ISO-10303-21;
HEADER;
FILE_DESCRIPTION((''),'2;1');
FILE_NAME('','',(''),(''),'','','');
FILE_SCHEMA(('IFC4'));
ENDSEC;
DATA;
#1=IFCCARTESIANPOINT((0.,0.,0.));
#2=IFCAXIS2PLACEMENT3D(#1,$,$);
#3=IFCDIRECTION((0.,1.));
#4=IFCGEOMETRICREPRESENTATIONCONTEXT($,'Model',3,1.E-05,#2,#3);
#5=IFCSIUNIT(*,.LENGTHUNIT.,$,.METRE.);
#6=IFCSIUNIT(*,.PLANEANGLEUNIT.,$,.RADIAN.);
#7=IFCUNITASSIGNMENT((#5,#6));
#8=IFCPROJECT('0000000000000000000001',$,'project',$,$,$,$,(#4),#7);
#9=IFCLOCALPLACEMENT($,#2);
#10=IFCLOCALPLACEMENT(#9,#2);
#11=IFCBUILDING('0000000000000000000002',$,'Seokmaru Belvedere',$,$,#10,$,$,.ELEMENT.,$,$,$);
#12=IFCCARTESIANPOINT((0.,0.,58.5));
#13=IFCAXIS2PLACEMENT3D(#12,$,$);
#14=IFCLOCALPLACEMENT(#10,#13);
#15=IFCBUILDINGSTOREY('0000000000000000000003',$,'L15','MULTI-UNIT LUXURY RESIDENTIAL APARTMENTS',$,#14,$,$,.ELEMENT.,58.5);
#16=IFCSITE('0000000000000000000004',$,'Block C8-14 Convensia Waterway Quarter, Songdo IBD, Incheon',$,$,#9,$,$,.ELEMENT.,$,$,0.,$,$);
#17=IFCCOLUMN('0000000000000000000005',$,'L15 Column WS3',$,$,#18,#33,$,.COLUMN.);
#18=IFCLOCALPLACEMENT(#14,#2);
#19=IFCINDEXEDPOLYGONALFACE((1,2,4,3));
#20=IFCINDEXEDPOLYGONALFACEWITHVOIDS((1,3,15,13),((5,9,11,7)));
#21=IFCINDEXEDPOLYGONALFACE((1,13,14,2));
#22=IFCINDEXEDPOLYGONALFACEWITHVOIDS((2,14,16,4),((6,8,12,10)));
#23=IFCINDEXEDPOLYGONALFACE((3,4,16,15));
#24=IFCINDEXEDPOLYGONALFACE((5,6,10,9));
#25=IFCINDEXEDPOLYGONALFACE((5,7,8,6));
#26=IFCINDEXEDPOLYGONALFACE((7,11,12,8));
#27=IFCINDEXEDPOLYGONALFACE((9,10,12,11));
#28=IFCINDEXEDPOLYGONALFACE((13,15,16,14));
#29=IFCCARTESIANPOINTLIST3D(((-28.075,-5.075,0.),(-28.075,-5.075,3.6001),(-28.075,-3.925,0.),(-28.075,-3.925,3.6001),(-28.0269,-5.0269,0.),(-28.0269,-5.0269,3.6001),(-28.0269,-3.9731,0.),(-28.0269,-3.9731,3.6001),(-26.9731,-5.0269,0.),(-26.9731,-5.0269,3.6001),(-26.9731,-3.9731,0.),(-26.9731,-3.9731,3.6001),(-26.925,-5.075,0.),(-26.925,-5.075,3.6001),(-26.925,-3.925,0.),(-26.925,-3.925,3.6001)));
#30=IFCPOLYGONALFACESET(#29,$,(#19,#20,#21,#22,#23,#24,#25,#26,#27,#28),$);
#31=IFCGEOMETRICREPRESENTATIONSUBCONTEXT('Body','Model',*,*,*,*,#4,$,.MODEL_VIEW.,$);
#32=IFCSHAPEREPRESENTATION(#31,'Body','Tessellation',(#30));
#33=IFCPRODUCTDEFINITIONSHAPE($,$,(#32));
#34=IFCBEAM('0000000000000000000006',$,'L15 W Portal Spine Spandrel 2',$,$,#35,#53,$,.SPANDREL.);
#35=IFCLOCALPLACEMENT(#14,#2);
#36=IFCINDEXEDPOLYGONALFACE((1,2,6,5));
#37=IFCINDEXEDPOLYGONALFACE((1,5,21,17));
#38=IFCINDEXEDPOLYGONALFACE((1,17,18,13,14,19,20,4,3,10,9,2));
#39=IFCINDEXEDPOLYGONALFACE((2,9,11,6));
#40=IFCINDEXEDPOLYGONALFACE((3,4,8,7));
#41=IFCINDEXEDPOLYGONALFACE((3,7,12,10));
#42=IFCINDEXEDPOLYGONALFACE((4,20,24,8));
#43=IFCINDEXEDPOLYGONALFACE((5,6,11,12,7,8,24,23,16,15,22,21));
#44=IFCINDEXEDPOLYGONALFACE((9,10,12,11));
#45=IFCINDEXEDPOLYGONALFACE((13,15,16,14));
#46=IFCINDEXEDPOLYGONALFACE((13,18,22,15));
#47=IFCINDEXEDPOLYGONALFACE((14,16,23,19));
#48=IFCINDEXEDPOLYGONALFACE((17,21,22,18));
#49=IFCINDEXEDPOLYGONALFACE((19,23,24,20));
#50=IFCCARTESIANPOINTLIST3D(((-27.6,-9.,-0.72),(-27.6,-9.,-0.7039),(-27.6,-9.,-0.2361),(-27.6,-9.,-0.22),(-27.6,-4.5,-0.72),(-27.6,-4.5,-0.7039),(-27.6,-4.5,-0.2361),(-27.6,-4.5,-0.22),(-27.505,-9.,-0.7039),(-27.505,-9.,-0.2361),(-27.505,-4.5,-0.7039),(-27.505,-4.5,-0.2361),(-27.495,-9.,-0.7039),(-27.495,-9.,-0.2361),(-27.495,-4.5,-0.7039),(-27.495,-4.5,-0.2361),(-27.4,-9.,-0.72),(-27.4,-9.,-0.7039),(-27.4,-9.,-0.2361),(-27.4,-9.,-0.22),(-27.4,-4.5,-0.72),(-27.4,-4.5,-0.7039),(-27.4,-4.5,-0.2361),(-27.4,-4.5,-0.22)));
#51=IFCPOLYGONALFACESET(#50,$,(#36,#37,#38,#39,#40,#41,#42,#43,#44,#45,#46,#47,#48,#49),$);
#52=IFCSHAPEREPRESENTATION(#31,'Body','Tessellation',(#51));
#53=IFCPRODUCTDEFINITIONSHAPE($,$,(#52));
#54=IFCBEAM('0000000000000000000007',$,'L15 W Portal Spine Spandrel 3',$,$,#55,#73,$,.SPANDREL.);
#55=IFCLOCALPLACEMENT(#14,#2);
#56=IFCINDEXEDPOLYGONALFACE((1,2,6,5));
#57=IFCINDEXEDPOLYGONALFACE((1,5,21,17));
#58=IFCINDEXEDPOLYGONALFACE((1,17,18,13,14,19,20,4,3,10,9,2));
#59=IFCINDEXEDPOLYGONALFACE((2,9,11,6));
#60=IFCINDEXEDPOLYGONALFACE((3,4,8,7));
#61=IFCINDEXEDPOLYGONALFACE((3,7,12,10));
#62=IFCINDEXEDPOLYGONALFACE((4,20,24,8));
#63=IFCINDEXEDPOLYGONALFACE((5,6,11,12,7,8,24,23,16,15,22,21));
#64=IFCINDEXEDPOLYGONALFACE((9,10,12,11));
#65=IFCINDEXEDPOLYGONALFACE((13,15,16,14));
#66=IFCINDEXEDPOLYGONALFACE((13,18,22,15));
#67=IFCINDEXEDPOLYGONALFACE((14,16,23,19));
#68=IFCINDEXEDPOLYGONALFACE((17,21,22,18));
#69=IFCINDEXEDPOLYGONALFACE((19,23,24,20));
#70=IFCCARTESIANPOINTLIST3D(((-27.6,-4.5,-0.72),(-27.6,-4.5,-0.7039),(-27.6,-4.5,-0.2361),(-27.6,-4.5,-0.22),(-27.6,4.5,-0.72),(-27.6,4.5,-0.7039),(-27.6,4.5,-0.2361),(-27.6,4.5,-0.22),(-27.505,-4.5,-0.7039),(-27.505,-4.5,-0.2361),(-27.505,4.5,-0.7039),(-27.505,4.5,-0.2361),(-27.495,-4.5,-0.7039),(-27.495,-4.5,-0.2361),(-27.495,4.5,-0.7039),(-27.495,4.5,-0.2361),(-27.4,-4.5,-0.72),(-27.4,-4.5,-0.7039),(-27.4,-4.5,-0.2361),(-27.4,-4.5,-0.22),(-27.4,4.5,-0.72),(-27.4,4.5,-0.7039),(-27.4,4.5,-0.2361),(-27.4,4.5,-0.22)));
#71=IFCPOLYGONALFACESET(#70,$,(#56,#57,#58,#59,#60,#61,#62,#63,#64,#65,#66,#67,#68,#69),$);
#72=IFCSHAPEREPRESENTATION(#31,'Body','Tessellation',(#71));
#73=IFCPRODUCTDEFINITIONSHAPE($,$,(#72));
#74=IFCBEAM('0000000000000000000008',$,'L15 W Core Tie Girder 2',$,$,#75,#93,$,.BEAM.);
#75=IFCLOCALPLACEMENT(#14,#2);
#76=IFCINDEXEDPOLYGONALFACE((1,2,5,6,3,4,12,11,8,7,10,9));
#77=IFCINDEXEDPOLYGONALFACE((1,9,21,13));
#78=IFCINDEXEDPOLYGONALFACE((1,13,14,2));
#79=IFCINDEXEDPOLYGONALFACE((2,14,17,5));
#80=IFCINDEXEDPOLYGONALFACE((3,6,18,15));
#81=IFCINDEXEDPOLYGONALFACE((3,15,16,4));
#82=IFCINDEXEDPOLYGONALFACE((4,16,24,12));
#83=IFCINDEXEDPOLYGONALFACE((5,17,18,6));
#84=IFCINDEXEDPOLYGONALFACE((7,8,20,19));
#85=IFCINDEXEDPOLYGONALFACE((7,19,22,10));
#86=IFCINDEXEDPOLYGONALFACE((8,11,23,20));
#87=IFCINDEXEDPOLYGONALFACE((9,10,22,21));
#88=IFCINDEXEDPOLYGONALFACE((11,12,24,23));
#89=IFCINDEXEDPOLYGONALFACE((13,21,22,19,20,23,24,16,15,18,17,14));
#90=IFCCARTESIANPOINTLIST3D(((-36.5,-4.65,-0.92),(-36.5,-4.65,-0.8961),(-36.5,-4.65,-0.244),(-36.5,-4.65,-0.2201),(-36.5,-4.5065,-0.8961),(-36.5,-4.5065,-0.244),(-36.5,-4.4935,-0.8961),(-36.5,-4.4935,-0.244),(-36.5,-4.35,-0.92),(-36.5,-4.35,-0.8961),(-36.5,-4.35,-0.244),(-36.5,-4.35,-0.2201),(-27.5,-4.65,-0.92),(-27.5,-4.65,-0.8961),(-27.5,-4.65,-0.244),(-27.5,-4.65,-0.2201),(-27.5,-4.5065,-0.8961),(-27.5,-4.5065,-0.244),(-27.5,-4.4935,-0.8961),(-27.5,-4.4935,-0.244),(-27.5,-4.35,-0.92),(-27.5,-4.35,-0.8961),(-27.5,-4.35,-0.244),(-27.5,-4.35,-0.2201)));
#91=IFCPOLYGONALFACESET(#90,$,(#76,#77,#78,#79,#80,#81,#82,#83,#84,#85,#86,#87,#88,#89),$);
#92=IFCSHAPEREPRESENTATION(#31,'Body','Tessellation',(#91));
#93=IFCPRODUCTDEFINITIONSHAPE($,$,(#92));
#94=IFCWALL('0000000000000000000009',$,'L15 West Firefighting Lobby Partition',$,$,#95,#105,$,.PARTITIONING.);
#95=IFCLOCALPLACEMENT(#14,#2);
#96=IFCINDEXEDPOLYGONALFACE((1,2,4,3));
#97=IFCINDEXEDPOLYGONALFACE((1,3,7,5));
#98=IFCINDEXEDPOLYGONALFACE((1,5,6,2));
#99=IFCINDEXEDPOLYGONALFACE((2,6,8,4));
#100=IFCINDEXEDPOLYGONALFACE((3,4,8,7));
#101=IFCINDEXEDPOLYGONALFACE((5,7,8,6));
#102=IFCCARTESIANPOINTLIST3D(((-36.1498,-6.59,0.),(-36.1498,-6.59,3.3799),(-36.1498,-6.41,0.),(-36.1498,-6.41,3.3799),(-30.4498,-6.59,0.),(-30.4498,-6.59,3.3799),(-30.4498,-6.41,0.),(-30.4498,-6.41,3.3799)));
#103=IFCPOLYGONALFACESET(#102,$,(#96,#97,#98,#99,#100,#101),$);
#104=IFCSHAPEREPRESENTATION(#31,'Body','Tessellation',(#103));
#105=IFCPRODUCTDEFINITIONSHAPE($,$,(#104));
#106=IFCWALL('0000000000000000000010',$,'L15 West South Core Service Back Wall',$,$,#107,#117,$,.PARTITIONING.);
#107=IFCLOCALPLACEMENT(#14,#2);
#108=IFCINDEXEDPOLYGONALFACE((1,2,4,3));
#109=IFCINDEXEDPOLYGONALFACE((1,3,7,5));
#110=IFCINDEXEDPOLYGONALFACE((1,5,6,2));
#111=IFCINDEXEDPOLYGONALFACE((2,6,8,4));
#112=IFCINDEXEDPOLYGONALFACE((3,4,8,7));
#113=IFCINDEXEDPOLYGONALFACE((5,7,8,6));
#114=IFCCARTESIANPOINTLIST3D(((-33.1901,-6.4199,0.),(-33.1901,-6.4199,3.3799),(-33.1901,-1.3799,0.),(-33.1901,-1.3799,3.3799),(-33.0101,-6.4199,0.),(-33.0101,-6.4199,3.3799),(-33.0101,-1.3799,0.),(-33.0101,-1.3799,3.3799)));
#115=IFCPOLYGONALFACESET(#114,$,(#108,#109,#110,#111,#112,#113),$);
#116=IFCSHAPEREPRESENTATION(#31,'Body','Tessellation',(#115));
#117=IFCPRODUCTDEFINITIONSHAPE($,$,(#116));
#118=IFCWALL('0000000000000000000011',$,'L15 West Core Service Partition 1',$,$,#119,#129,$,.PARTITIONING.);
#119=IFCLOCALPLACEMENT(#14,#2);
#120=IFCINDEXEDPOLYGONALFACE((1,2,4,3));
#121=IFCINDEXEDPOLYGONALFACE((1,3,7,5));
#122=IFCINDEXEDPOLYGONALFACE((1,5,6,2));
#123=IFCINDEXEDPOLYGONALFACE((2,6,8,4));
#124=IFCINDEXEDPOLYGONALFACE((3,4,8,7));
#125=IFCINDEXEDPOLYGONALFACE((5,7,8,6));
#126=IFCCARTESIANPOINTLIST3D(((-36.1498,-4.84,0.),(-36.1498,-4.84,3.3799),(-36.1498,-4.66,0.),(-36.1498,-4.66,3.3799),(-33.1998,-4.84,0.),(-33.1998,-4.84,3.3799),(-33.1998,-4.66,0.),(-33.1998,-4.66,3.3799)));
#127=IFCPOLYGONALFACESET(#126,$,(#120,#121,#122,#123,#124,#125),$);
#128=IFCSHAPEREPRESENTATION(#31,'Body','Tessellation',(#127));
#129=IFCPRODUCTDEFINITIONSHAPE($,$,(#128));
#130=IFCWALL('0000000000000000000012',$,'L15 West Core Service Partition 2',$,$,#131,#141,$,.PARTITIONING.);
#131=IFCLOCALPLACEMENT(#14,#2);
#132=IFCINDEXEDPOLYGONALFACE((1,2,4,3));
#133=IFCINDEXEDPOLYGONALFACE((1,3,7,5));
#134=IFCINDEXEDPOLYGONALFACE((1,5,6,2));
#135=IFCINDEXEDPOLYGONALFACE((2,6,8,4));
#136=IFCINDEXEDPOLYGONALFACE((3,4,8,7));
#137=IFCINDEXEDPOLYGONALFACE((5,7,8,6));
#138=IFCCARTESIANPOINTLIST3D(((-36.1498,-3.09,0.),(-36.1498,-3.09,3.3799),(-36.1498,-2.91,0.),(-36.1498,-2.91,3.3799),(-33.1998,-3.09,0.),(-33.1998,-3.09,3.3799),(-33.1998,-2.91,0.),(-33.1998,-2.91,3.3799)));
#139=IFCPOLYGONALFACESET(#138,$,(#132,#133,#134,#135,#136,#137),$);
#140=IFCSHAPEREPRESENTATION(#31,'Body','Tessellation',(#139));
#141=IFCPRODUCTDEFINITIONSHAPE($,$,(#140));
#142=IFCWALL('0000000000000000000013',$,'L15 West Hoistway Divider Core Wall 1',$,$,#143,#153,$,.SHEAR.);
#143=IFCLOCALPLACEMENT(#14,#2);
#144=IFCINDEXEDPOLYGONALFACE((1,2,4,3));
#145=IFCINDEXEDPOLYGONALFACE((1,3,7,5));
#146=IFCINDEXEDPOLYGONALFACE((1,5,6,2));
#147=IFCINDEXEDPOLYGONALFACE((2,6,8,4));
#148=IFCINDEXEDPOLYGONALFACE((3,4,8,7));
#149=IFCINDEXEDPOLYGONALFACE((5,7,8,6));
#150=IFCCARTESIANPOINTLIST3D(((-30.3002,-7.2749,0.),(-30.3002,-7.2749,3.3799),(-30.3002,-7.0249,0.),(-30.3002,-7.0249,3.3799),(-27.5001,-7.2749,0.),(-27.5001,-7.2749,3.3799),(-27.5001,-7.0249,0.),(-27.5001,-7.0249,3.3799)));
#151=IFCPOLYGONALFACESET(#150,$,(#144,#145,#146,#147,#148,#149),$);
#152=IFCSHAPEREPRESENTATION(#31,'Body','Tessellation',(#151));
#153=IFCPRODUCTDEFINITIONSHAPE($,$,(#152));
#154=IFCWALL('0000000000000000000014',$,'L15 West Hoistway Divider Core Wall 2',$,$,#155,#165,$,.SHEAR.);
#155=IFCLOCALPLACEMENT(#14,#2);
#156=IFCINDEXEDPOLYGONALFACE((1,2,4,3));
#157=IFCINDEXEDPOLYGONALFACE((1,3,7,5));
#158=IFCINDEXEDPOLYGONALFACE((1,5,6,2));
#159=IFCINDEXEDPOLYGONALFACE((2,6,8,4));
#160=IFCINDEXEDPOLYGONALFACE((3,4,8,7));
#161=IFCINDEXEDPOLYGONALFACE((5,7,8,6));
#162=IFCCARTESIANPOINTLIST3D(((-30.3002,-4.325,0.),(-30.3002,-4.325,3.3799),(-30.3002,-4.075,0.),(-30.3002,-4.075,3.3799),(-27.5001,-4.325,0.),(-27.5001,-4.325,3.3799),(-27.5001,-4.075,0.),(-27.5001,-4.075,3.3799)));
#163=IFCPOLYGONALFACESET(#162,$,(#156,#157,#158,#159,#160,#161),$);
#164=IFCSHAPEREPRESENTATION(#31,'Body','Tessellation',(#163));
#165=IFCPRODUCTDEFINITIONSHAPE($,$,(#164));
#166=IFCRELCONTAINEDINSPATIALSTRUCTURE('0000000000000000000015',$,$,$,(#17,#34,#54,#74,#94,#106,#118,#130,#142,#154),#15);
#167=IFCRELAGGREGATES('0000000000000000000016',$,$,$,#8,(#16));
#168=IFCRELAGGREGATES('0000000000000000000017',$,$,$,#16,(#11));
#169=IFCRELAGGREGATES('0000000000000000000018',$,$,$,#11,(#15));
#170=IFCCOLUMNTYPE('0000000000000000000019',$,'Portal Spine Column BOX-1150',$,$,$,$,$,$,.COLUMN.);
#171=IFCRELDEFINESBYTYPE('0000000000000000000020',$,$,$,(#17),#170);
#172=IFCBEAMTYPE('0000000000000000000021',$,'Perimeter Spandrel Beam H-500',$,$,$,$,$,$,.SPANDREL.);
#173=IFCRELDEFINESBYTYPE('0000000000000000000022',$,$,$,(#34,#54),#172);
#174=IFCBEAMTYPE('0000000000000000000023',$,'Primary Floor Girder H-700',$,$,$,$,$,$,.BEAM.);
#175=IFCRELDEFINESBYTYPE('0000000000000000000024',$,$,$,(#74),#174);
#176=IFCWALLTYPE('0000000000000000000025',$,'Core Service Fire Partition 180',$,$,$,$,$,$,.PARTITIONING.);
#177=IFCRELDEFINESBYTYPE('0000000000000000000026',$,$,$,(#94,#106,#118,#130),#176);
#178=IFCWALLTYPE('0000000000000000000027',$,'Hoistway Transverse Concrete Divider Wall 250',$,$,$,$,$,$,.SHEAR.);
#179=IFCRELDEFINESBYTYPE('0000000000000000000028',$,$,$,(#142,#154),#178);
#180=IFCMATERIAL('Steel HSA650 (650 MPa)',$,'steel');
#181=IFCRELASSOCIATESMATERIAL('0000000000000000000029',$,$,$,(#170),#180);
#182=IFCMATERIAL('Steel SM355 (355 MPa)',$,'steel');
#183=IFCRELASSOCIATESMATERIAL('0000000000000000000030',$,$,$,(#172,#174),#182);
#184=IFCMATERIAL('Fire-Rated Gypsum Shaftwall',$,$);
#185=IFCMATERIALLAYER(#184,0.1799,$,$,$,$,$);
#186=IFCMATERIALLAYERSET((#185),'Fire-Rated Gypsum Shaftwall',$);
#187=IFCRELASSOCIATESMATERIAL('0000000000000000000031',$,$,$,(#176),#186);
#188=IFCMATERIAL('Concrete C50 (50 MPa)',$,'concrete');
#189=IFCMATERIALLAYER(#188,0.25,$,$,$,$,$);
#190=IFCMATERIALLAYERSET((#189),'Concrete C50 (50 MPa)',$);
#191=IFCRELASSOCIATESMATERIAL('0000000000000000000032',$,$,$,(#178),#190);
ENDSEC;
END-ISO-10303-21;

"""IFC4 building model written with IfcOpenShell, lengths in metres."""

from ifc_helpers import new_model, si_unit, direction, frame, frame_2d, origin, origin_2d, place, context, subcontext, project, spatial, rectangle, hollow_rectangle, i_section, extrude, source, transform, mapped, material, layer, layer_set, material_profile, profile_set, type_object, type_shapes, element, save


model = new_model("IFC4")

# Units and contexts
model_context = context("Model", 3, precision=1e-05, world=origin(), true_north=direction((0.0, 1.0)))
body_context = subcontext(model_context, "Body", "Model", "MODEL_VIEW")
ifc_project = project(units=[si_unit("LENGTHUNIT", "METRE"), si_unit("PLANEANGLEUNIT", "RADIAN")], contexts=[model_context])

# Site, building, storey
site_placement = place(None, origin())
site = spatial("IfcSite", under=ifc_project, at=site_placement, Name="Block C8-14 Convensia Waterway Quarter, Songdo IBD, Incheon", CompositionType="ELEMENT", RefElevation=0.0)
building_placement = place(site_placement, origin())
building = spatial("IfcBuilding", under=site, at=building_placement, Name="Seokmaru Belvedere", CompositionType="ELEMENT")
storey_placement = place(building_placement, frame((0.0, 0.0, 58.5)))
storey = spatial("IfcBuildingStorey", under=building, at=storey_placement, Name="L15", Description="MULTI-UNIT LUXURY RESIDENTIAL APARTMENTS", CompositionType="ELEMENT", Elevation=58.5)

# Column
ifc_material_1 = material(Name="Steel HSA650 (650 MPa)", Category="steel")
ifc_material_profile_1 = material_profile(ifc_material_1, hollow_rectangle(XDim=1.1499, YDim=1.1499, WallThickness=0.0481, at=origin_2d()), Name="BOX-1150x1150x48")
ifc_profile_set_1 = profile_set([ifc_material_profile_1], Name="Steel HSA650 (650 MPa)")
column_type = type_object("IfcColumnType", Name="Portal Spine Column BOX-1150", PredefinedType="COLUMN", material=ifc_profile_set_1)
shared_shape_1 = source(origin(), body_context, "Body", "SweptSolid", [
    extrude(hollow_rectangle(XDim=1.1499, YDim=1.1499, WallThickness=0.0481, at=origin_2d()), origin(), (0.0, 0.0, 1.0), 3.6001),
])
type_shapes(column_type, [shared_shape_1])
column_placement = place(storey_placement, frame((-27.5, -4.5, 0.0), z_axis=(0.0, 0.0, 1.0), x_axis=(1.0, 0.0, 0.0)))
element("IfcColumn", 1, at=column_placement, inside=storey, type_object=column_type, Name="L15 Column WS3", PredefinedType="COLUMN", context=body_context, shape_type="MappedRepresentation", body=[
    mapped(shared_shape_1, transform((0.0, 0.0, 0.0), scale=1.0)),
])

# Beams
ifc_material_2 = material(Name="Steel SM355 (355 MPa)", Category="steel")
ifc_material_profile_2 = material_profile(ifc_material_2, i_section(OverallWidth=0.2, OverallDepth=0.5, WebThickness=0.01, FlangeThickness=0.0161, at=origin_2d()), Name="H-500x200x10x16")
ifc_profile_set_2 = profile_set([ifc_material_profile_2], Name="Steel SM355 (355 MPa)")
beam_type_1 = type_object("IfcBeamType", Name="Perimeter Spandrel Beam H-500", PredefinedType="SPANDREL", material=ifc_profile_set_2)
shared_shape_2 = source(origin(), body_context, "Body", "SweptSolid", [
    extrude(i_section(OverallWidth=0.2, OverallDepth=0.5, WebThickness=0.01, FlangeThickness=0.0161, at=origin_2d()), origin(), (0.0, 0.0, 1.0), 4.5),
])
beam_1_placement = place(storey_placement, frame((-27.5, -9.0, -0.47), z_axis=(0.0, 1.0, 0.0), x_axis=(-1.0, 0.0, 0.0)))
element("IfcBeam", 2, at=beam_1_placement, inside=storey, type_object=beam_type_1, Name="L15 W Portal Spine Spandrel 2", PredefinedType="SPANDREL", context=body_context, shape_type="MappedRepresentation", body=[
    mapped(shared_shape_2, transform((0.0, 0.0, 0.0), scale=1.0)),
])
shared_shape_3 = source(origin(), body_context, "Body", "SweptSolid", [
    extrude(i_section(OverallWidth=0.2, OverallDepth=0.5, WebThickness=0.01, FlangeThickness=0.0161, at=origin_2d()), origin(), (0.0, 0.0, 1.0), 9.0),
])
type_shapes(beam_type_1, [shared_shape_2, shared_shape_3])
beam_2_placement = place(storey_placement, frame((-27.5, -4.5, -0.47), z_axis=(0.0, 1.0, 0.0), x_axis=(-1.0, 0.0, 0.0)))
element("IfcBeam", 3, at=beam_2_placement, inside=storey, type_object=beam_type_1, Name="L15 W Portal Spine Spandrel 3", PredefinedType="SPANDREL", context=body_context, shape_type="MappedRepresentation", body=[
    mapped(shared_shape_3, transform((0.0, 0.0, 0.0), scale=1.0)),
])
ifc_material_profile_3 = material_profile(ifc_material_2, i_section(OverallWidth=0.3, OverallDepth=0.7, WebThickness=0.0129, FlangeThickness=0.0239, at=origin_2d()), Name="H-700x300x13x24")
ifc_profile_set_3 = profile_set([ifc_material_profile_3], Name="Steel SM355 (355 MPa)")
beam_type_2 = type_object("IfcBeamType", Name="Primary Floor Girder H-700", PredefinedType="BEAM", material=ifc_profile_set_3)
shared_shape_4 = source(origin(), body_context, "Body", "SweptSolid", [
    extrude(i_section(OverallWidth=0.3, OverallDepth=0.7, WebThickness=0.0129, FlangeThickness=0.0239, at=origin_2d()), origin(), (0.0, 0.0, 1.0), 9.0),
])
type_shapes(beam_type_2, [shared_shape_4])
beam_3_placement = place(storey_placement, frame((-36.5, -4.5, -0.5701), z_axis=(1.0, 0.0, 0.0), x_axis=(0.0, 1.0, 0.0)))
element("IfcBeam", 4, at=beam_3_placement, inside=storey, type_object=beam_type_2, Name="L15 W Core Tie Girder 2", PredefinedType="BEAM", context=body_context, shape_type="MappedRepresentation", body=[
    mapped(shared_shape_4, transform((0.0, 0.0, 0.0), scale=1.0)),
])

# Walls
ifc_material_3 = material(Name="Fire-Rated Gypsum Shaftwall")
ifc_layer_1 = layer(ifc_material_3, 0.1799)
ifc_layer_set_1 = layer_set([ifc_layer_1], Name="Fire-Rated Gypsum Shaftwall")
wall_type_1 = type_object("IfcWallType", Name="Core Service Fire Partition 180", PredefinedType="PARTITIONING", material=ifc_layer_set_1)
wall_1_placement = place(storey_placement, frame((-36.1499, -6.5, 0.0), z_axis=(0.0, 0.0, 1.0), x_axis=(1.0, 0.0, 0.0)))
element("IfcWall", 5, at=wall_1_placement, inside=storey, type_object=wall_type_1, Name="L15 West Firefighting Lobby Partition", PredefinedType="PARTITIONING", context=body_context, shape_type="SweptSolid", body=[
    extrude(rectangle(XDim=5.7, YDim=0.1799, at=frame_2d((2.8501, 0.0))), origin(), (0.0, 0.0, 1.0), 3.3799),
])
wall_2_placement = place(storey_placement, frame((-33.1001, -6.4199, 0.0), z_axis=(0.0, 0.0, 1.0), x_axis=(0.0, 1.0, 0.0)))
element("IfcWall", 6, at=wall_2_placement, inside=storey, type_object=wall_type_1, Name="L15 West South Core Service Back Wall", PredefinedType="PARTITIONING", context=body_context, shape_type="SweptSolid", body=[
    extrude(rectangle(XDim=5.04, YDim=0.1799, at=frame_2d((2.52, 0.0))), origin(), (0.0, 0.0, 1.0), 3.3799),
])
for number, where, z_axis, x_axis, name in (
    (7, (-36.1499, -4.75, 0.0), (0.0, 0.0, 1.0), (1.0, 0.0, 0.0), "L15 West Core Service Partition 1"),
    (8, (-36.1499, -3.0, 0.0), (0.0, 0.0, 1.0), (1.0, 0.0, 0.0), "L15 West Core Service Partition 2"),
):
    element("IfcWall", number, at=place(storey_placement, frame(where, z_axis=z_axis, x_axis=x_axis)), inside=storey, type_object=wall_type_1, Name=name, PredefinedType="PARTITIONING", context=body_context, shape_type="SweptSolid", body=[
        extrude(rectangle(XDim=2.95, YDim=0.1799, at=frame_2d((1.4751, 0.0))), origin(), (0.0, 0.0, 1.0), 3.3799),
    ])
ifc_material_4 = material(Name="Concrete C50 (50 MPa)", Category="concrete")
ifc_layer_2 = layer(ifc_material_4, 0.25)
ifc_layer_set_2 = layer_set([ifc_layer_2], Name="Concrete C50 (50 MPa)")
wall_type_2 = type_object("IfcWallType", Name="Hoistway Transverse Concrete Divider Wall 250", PredefinedType="SHEAR", material=ifc_layer_set_2)
for number, where, z_axis, x_axis, name in (
    (9, (-30.3, -7.1499, 0.0), (0.0, 0.0, 1.0), (1.0, 0.0, 0.0), "L15 West Hoistway Divider Core Wall 1"),
    (10, (-30.3, -4.2, 0.0), (0.0, 0.0, 1.0), (1.0, 0.0, 0.0), "L15 West Hoistway Divider Core Wall 2"),
):
    element("IfcWall", number, at=place(storey_placement, frame(where, z_axis=z_axis, x_axis=x_axis)), inside=storey, type_object=wall_type_2, Name=name, PredefinedType="SHEAR", context=body_context, shape_type="SweptSolid", body=[
        extrude(rectangle(XDim=2.8, YDim=0.25, at=frame_2d((1.3999, 0.0))), origin(), (0.0, 0.0, 1.0), 3.3799),
    ])

save(model, "model.ifc")
